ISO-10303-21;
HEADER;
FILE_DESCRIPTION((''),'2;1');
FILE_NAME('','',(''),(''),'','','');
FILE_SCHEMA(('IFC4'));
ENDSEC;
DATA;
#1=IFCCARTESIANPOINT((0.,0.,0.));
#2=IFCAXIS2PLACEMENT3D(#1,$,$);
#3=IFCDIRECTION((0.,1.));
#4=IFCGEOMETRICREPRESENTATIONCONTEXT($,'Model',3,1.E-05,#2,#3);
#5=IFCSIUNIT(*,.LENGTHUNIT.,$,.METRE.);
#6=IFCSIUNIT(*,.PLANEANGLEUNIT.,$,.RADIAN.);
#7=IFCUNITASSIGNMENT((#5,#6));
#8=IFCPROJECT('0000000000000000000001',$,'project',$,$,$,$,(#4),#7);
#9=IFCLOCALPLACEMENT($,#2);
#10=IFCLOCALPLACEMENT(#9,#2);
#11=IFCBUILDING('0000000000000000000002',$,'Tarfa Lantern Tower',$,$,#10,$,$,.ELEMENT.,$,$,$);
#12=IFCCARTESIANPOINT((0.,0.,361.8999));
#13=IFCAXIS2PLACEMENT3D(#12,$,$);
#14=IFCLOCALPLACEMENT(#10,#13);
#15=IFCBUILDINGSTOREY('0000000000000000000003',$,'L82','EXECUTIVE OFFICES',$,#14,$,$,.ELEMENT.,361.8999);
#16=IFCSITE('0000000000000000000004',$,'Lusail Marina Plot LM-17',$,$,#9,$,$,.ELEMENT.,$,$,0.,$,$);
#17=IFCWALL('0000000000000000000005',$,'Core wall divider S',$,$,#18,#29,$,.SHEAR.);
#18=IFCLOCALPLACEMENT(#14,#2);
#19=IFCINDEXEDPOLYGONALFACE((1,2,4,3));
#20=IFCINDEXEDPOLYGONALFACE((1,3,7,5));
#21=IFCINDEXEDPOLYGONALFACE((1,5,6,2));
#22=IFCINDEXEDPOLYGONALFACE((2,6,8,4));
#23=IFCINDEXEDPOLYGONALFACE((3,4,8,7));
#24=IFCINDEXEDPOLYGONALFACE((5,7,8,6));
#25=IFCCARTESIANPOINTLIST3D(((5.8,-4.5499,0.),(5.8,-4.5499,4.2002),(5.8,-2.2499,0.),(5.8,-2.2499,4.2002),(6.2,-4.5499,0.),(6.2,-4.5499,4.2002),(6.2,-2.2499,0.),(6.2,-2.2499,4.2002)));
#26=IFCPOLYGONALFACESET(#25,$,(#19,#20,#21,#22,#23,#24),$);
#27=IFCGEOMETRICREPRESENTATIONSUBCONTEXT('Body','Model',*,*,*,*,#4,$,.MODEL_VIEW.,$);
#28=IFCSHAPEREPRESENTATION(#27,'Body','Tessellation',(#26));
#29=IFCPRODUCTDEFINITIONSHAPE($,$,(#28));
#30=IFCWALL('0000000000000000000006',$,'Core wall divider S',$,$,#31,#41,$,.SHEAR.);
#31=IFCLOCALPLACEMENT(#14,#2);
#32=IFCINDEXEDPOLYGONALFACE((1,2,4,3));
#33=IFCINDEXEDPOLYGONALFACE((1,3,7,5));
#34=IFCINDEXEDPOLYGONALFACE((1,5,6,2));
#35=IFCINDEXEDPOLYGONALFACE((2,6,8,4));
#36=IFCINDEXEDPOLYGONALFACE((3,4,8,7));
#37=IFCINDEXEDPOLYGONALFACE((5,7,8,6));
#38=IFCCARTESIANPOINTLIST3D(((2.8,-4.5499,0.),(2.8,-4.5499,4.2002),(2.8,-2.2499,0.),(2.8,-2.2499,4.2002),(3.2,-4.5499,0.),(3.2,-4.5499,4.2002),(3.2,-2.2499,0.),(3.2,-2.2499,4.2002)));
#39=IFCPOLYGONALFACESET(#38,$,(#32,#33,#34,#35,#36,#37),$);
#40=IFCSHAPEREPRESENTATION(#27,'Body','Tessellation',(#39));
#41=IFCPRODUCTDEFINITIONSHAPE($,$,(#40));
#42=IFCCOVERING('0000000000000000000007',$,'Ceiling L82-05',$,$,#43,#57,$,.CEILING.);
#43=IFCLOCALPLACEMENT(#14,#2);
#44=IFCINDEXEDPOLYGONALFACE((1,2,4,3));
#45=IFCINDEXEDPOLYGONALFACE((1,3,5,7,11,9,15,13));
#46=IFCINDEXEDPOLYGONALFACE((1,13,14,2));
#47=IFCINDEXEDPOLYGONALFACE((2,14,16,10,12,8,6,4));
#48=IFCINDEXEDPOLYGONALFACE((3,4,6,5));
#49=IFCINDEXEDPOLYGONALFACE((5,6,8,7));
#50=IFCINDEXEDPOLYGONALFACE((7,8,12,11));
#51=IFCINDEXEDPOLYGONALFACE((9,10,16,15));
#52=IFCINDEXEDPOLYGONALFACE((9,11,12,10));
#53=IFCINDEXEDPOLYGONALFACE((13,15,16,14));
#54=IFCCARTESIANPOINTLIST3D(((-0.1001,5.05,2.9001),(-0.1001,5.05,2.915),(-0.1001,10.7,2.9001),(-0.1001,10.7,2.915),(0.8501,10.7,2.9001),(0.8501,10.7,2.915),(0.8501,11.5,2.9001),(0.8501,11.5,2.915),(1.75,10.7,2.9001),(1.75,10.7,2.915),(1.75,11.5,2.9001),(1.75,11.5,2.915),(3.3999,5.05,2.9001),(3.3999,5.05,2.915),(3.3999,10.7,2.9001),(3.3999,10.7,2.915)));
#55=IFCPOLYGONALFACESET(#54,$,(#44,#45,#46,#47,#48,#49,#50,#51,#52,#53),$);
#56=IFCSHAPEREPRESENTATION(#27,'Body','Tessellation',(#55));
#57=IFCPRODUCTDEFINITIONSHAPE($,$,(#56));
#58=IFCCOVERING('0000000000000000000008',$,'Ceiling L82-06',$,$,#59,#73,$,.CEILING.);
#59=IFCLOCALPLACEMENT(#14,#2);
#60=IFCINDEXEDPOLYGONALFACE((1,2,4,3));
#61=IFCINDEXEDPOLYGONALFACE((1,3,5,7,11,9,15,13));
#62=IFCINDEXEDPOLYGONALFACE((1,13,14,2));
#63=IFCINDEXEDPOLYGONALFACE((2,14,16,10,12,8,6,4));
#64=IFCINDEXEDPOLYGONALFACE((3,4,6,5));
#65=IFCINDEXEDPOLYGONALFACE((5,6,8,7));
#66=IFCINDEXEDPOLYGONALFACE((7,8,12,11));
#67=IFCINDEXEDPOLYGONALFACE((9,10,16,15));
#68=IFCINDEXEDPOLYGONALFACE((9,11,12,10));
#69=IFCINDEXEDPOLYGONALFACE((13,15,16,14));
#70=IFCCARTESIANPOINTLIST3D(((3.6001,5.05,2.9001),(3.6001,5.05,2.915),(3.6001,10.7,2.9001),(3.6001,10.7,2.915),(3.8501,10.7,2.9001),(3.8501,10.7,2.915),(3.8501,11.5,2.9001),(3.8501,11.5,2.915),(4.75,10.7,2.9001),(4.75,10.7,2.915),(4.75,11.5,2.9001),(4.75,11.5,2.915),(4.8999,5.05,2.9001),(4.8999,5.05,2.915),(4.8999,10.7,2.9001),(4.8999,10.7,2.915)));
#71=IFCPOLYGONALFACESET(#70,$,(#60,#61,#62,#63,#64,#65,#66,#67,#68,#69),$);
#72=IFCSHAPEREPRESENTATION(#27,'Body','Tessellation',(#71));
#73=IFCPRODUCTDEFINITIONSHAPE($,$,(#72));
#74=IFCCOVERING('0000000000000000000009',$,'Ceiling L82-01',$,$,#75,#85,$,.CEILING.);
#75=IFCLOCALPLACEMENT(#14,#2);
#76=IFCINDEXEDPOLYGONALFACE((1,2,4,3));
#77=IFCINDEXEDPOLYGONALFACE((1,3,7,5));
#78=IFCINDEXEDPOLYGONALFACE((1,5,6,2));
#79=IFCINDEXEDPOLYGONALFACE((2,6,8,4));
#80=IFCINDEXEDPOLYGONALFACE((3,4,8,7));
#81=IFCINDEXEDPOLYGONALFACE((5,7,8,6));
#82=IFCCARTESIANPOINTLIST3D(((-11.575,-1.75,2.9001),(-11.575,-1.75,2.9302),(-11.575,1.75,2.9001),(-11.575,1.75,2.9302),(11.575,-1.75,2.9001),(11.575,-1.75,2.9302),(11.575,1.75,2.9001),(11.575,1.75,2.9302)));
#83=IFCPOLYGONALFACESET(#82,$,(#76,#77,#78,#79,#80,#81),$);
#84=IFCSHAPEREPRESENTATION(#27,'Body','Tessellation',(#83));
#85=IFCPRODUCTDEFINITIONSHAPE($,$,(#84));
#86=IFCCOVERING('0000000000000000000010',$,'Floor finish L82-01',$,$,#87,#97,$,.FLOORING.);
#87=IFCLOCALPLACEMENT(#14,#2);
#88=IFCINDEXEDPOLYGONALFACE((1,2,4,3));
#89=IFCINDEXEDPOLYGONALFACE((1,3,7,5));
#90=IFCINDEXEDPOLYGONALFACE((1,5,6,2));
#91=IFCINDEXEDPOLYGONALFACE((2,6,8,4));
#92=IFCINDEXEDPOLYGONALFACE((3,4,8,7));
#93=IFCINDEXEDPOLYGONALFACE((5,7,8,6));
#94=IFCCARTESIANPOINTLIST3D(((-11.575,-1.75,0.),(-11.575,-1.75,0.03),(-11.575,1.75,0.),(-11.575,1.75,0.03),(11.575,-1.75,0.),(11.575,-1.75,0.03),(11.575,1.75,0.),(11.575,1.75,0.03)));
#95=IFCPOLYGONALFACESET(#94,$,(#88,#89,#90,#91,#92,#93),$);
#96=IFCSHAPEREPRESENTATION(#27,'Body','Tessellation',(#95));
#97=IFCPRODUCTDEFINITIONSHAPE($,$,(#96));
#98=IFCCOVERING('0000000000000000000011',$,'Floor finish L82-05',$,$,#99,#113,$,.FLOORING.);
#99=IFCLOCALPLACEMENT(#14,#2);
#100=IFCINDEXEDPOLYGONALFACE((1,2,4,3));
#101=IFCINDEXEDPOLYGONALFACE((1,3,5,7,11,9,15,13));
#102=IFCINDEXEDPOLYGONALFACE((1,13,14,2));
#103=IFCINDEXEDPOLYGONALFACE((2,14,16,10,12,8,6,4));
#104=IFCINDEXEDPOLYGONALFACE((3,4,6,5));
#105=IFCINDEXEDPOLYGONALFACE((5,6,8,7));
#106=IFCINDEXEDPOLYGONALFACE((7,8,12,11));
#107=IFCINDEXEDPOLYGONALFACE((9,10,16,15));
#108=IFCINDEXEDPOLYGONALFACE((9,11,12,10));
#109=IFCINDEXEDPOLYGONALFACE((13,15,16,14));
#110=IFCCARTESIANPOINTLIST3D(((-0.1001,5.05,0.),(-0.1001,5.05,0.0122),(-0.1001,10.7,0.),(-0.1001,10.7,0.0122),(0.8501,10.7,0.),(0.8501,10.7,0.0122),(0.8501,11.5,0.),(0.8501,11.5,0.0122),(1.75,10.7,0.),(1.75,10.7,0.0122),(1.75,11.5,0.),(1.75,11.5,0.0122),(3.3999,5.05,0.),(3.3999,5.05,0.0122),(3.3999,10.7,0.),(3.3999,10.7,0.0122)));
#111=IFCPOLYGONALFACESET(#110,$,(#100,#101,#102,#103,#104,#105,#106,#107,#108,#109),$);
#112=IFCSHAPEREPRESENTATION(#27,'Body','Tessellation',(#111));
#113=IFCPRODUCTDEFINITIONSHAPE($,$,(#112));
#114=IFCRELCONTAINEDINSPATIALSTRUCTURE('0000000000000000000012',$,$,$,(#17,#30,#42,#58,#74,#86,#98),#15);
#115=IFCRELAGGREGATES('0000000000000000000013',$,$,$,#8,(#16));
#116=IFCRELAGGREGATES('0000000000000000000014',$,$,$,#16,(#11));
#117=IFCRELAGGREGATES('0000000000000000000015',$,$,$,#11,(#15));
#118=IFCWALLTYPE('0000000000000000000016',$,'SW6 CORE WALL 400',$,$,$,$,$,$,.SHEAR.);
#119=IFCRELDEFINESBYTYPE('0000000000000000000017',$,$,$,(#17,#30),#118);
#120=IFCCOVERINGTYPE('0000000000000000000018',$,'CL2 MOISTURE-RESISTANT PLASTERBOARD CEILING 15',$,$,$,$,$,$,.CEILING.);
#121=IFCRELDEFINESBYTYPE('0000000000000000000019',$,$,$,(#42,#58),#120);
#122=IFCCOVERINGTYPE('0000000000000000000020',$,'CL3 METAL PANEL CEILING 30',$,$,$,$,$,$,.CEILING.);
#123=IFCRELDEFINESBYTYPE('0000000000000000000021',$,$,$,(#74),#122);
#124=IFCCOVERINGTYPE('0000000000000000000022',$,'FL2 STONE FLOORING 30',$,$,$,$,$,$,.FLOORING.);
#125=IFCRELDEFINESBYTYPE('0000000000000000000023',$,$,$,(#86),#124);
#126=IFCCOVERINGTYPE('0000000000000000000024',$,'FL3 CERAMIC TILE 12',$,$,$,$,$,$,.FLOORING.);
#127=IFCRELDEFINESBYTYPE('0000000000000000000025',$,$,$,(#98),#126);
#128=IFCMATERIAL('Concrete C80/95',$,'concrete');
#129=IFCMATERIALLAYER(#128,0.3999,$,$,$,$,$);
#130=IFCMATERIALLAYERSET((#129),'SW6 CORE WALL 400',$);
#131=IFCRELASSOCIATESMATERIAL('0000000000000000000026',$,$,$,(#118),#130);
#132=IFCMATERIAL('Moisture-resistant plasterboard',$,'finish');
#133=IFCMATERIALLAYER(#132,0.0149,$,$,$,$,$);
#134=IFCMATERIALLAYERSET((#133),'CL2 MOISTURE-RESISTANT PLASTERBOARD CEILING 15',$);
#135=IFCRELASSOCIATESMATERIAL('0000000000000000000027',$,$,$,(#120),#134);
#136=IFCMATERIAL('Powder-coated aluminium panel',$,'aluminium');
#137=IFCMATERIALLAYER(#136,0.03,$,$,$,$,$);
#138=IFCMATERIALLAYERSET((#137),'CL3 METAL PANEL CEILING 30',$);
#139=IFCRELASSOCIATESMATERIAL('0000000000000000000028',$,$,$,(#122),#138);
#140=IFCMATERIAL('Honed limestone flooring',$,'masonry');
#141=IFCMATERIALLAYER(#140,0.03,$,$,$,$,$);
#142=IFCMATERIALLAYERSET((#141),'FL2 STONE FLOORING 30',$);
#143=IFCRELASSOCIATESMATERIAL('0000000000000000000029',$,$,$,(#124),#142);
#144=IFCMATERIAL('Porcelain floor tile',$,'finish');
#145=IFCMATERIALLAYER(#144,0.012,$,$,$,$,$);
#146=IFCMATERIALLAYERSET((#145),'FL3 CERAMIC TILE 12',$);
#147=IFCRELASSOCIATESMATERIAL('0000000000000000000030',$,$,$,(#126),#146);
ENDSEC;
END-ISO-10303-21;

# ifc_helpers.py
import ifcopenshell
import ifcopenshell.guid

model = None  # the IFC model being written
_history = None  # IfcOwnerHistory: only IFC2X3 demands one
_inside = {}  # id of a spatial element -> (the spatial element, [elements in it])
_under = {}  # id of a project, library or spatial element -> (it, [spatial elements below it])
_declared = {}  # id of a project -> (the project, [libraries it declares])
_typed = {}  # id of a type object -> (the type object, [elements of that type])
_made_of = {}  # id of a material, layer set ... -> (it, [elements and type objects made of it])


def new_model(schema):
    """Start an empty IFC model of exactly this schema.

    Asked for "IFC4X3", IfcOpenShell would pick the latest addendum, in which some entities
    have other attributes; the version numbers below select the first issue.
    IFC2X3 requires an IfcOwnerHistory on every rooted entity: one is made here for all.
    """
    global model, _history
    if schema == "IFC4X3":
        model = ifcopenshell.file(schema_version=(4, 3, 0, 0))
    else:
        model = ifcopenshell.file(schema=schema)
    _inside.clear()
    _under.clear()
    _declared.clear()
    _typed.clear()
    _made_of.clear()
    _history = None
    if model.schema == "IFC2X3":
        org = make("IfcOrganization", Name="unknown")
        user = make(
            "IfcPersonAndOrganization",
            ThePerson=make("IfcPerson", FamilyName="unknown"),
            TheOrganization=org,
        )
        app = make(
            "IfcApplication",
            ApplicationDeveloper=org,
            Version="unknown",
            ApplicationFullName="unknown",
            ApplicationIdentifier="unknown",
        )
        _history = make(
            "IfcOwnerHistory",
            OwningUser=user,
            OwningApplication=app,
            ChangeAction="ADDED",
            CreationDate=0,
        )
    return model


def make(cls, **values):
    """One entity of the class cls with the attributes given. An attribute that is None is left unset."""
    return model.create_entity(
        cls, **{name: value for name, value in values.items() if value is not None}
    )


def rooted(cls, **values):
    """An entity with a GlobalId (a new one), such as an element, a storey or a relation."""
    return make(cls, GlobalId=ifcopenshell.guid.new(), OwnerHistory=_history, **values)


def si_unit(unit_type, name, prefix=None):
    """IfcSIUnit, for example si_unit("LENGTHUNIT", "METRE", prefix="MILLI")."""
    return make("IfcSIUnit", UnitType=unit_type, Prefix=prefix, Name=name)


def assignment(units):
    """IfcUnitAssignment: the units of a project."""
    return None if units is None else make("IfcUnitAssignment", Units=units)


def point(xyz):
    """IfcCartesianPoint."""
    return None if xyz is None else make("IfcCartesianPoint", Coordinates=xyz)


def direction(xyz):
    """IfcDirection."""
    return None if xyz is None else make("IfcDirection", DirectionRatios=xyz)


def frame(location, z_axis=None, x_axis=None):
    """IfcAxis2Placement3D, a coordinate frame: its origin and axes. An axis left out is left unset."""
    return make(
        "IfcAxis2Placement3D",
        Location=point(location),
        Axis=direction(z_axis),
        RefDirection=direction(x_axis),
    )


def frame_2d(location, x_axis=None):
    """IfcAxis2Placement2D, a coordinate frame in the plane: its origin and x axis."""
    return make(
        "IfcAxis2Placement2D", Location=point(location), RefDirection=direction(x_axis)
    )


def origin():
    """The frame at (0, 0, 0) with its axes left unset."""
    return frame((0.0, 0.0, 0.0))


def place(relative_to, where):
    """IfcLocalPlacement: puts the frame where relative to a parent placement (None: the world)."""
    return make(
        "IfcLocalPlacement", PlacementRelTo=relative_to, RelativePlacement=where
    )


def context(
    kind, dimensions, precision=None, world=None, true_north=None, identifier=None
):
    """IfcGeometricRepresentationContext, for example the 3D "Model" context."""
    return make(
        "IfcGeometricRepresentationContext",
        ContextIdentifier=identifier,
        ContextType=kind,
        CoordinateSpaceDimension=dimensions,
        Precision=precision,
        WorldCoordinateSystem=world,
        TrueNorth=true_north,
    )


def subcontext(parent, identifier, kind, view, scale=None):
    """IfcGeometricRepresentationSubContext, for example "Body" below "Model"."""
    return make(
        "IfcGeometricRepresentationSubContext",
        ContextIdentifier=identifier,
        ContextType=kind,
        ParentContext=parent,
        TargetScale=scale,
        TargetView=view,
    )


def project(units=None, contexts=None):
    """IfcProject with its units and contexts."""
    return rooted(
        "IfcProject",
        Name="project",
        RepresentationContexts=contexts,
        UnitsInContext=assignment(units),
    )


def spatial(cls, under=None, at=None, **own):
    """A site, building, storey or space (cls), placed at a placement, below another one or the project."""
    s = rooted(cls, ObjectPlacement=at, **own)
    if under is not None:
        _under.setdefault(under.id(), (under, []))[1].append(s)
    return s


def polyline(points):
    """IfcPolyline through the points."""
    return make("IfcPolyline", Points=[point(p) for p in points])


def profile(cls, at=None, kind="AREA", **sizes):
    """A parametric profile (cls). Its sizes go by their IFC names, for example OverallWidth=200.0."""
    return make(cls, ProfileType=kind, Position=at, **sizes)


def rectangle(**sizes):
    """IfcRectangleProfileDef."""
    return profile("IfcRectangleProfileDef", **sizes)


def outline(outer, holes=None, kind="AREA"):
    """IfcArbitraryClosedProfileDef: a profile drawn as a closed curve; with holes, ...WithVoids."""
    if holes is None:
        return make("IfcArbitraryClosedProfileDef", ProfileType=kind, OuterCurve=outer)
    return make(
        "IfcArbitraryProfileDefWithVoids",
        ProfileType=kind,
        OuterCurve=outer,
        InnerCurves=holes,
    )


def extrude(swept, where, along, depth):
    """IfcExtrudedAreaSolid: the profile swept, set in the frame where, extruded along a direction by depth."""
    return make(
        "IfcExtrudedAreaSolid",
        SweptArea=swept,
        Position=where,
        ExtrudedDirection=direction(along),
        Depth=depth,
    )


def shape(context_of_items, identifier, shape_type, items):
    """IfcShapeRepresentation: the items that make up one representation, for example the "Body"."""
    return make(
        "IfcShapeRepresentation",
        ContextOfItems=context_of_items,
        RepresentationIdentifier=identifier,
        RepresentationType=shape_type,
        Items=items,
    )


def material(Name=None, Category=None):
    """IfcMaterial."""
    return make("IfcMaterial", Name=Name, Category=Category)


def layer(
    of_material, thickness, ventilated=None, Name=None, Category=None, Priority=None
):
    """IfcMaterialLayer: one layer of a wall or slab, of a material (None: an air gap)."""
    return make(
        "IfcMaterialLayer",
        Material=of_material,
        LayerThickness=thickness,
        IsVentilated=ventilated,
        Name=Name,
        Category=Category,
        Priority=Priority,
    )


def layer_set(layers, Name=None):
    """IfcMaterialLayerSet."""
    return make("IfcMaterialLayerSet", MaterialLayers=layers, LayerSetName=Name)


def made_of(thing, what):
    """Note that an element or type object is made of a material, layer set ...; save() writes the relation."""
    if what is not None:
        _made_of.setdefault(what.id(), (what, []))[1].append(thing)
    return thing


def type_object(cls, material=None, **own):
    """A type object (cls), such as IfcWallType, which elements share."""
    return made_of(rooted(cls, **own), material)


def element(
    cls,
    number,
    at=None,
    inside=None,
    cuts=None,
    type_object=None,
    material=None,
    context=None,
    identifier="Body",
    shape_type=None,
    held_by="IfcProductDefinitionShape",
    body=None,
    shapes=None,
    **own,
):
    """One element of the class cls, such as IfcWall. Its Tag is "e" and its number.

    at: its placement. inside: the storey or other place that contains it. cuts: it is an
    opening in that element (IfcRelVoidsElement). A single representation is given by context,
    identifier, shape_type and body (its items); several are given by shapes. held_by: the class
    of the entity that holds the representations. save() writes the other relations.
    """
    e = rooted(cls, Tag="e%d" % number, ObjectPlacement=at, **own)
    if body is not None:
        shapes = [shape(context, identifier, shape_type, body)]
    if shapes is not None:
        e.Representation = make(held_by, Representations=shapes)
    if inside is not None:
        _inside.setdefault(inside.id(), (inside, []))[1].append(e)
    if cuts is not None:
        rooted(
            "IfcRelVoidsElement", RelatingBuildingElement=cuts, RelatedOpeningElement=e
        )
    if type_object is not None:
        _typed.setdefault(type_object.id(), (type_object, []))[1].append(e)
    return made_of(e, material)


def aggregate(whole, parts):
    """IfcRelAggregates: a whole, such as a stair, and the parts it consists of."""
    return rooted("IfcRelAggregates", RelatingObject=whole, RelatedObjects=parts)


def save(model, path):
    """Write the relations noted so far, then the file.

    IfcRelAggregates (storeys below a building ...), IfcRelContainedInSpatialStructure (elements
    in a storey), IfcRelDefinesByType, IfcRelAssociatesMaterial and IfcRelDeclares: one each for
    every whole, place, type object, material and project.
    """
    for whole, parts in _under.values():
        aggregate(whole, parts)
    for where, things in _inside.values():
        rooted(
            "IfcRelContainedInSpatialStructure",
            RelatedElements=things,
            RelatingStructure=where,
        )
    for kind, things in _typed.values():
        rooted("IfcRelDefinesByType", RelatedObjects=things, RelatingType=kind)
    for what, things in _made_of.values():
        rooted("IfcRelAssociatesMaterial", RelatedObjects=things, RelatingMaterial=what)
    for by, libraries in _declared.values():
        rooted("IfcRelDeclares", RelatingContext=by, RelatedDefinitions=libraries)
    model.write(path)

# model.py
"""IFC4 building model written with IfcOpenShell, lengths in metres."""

from ifc_helpers import new_model, si_unit, direction, frame, frame_2d, origin, place, context, subcontext, project, spatial, polyline, rectangle, outline, extrude, material, layer, layer_set, type_object, element, save


model = new_model("IFC4")

# Units and contexts
model_context = context("Model", 3, precision=1e-05, world=origin(), true_north=direction((0.0, 1.0)))
body_context = subcontext(model_context, "Body", "Model", "MODEL_VIEW")
ifc_project = project(units=[si_unit("LENGTHUNIT", "METRE"), si_unit("PLANEANGLEUNIT", "RADIAN")], contexts=[model_context])

# Site, building, storey
site_placement = place(None, origin())
site = spatial("IfcSite", under=ifc_project, at=site_placement, Name="Lusail Marina Plot LM-17", CompositionType="ELEMENT", RefElevation=0.0)
building_placement = place(site_placement, origin())
building = spatial("IfcBuilding", under=site, at=building_placement, Name="Tarfa Lantern Tower", CompositionType="ELEMENT")
storey_placement = place(building_placement, frame((0.0, 0.0, 361.8999)))
storey = spatial("IfcBuildingStorey", under=building, at=storey_placement, Name="L82", Description="EXECUTIVE OFFICES", CompositionType="ELEMENT", Elevation=361.8999)

# Shared definitions
ifc_material_1 = material(Name="Concrete C80/95", Category="concrete")

# Walls
ifc_layer_1 = layer(ifc_material_1, 0.3999)
ifc_layer_set_1 = layer_set([ifc_layer_1], Name="SW6 CORE WALL 400")
wall_type_1 = type_object("IfcWallType", Name="SW6 CORE WALL 400", PredefinedType="SHEAR", material=ifc_layer_set_1)
for number, where, z_axis, x_axis, name in (
    (1, (6.0, -2.25, 0.0), (0.0, 0.0, 1.0), (0.0, -1.0, 0.0), "Core wall divider S"),
    (2, (3.0, -2.25, 0.0), (0.0, 0.0, 1.0), (0.0, -1.0, 0.0), "Core wall divider S"),
):
    element("IfcWall", number, at=place(storey_placement, frame(where, z_axis=z_axis, x_axis=x_axis)), inside=storey, type_object=wall_type_1, Name=name, PredefinedType="SHEAR", context=body_context, shape_type="SweptSolid", body=[
        extrude(rectangle(XDim=2.3, YDim=0.3999, at=frame_2d((1.1499, 0.0))), origin(), (0.0, 0.0, 1.0), 4.2002),
    ])

# Coverings
ifc_material_2 = material(Name="Moisture-resistant plasterboard", Category="finish")
ifc_layer_2 = layer(ifc_material_2, 0.0149)
ifc_layer_set_2 = layer_set([ifc_layer_2], Name="CL2 MOISTURE-RESISTANT PLASTERBOARD CEILING 15")
covering_type_1 = type_object("IfcCoveringType", Name="CL2 MOISTURE-RESISTANT PLASTERBOARD CEILING 15", PredefinedType="CEILING", material=ifc_layer_set_2)
covering_1_placement = place(storey_placement, frame((0.0, 0.0, 2.9001)))
element("IfcCovering", 3, at=covering_1_placement, inside=storey, type_object=covering_type_1, Name="Ceiling L82-05", PredefinedType="CEILING", context=body_context, shape_type="SweptSolid", body=[
    extrude(outline(polyline([(0.8501, 10.7), (-0.1001, 10.7), (-0.1001, 5.05), (3.3999, 5.05), (3.3999, 10.7), (1.75, 10.7), (1.75, 11.5), (0.8501, 11.5), (0.8501, 11.5), (0.8501, 10.7)])), origin(), (0.0, 0.0, 1.0), 0.0149),
])
covering_2_placement = place(storey_placement, frame((0.0, 0.0, 2.9001)))
element("IfcCovering", 4, at=covering_2_placement, inside=storey, type_object=covering_type_1, Name="Ceiling L82-06", PredefinedType="CEILING", context=body_context, shape_type="SweptSolid", body=[
    extrude(outline(polyline([(3.6001, 5.05), (4.8999, 5.05), (4.8999, 10.7), (4.75, 10.7), (4.75, 11.5), (3.8501, 11.5), (3.8501, 10.7), (3.6001, 10.7), (3.6001, 5.05)])), origin(), (0.0, 0.0, 1.0), 0.0149),
])
ifc_material_3 = material(Name="Powder-coated aluminium panel", Category="aluminium")
ifc_layer_3 = layer(ifc_material_3, 0.03)
ifc_layer_set_3 = layer_set([ifc_layer_3], Name="CL3 METAL PANEL CEILING 30")
covering_type_2 = type_object("IfcCoveringType", Name="CL3 METAL PANEL CEILING 30", PredefinedType="CEILING", material=ifc_layer_set_3)
covering_3_placement = place(storey_placement, frame((0.0, 0.0, 2.9001)))
element("IfcCovering", 5, at=covering_3_placement, inside=storey, type_object=covering_type_2, Name="Ceiling L82-01", PredefinedType="CEILING", context=body_context, shape_type="SweptSolid", body=[
    extrude(outline(polyline([(-11.575, -1.75), (11.575, -1.75), (11.575, 1.75), (-11.575, 1.75), (-11.575, -1.75)])), origin(), (0.0, 0.0, 1.0), 0.03),
])
ifc_material_4 = material(Name="Honed limestone flooring", Category="masonry")
ifc_layer_4 = layer(ifc_material_4, 0.03)
ifc_layer_set_4 = layer_set([ifc_layer_4], Name="FL2 STONE FLOORING 30")
covering_type_3 = type_object("IfcCoveringType", Name="FL2 STONE FLOORING 30", PredefinedType="FLOORING", material=ifc_layer_set_4)
covering_4_placement = place(storey_placement, origin())
element("IfcCovering", 6, at=covering_4_placement, inside=storey, type_object=covering_type_3, Name="Floor finish L82-01", PredefinedType="FLOORING", context=body_context, shape_type="SweptSolid", body=[
    extrude(outline(polyline([(-11.575, -1.75), (11.575, -1.75), (11.575, 1.75), (-11.575, 1.75), (-11.575, -1.75)])), origin(), (0.0, 0.0, 1.0), 0.03),
])
ifc_material_5 = material(Name="Porcelain floor tile", Category="finish")
ifc_layer_5 = layer(ifc_material_5, 0.012)
ifc_layer_set_5 = layer_set([ifc_layer_5], Name="FL3 CERAMIC TILE 12")
covering_type_4 = type_object("IfcCoveringType", Name="FL3 CERAMIC TILE 12", PredefinedType="FLOORING", material=ifc_layer_set_5)
covering_5_placement = place(storey_placement, origin())
element("IfcCovering", 7, at=covering_5_placement, inside=storey, type_object=covering_type_4, Name="Floor finish L82-05", PredefinedType="FLOORING", context=body_context, shape_type="SweptSolid", body=[
    extrude(outline(polyline([(0.8501, 10.7), (-0.1001, 10.7), (-0.1001, 5.05), (3.3999, 5.05), (3.3999, 10.7), (1.75, 10.7), (1.75, 11.5), (0.8501, 11.5), (0.8501, 11.5), (0.8501, 10.7)])), origin(), (0.0, 0.0, 1.0), 0.0122),
])

save(model, "model.ifc")
